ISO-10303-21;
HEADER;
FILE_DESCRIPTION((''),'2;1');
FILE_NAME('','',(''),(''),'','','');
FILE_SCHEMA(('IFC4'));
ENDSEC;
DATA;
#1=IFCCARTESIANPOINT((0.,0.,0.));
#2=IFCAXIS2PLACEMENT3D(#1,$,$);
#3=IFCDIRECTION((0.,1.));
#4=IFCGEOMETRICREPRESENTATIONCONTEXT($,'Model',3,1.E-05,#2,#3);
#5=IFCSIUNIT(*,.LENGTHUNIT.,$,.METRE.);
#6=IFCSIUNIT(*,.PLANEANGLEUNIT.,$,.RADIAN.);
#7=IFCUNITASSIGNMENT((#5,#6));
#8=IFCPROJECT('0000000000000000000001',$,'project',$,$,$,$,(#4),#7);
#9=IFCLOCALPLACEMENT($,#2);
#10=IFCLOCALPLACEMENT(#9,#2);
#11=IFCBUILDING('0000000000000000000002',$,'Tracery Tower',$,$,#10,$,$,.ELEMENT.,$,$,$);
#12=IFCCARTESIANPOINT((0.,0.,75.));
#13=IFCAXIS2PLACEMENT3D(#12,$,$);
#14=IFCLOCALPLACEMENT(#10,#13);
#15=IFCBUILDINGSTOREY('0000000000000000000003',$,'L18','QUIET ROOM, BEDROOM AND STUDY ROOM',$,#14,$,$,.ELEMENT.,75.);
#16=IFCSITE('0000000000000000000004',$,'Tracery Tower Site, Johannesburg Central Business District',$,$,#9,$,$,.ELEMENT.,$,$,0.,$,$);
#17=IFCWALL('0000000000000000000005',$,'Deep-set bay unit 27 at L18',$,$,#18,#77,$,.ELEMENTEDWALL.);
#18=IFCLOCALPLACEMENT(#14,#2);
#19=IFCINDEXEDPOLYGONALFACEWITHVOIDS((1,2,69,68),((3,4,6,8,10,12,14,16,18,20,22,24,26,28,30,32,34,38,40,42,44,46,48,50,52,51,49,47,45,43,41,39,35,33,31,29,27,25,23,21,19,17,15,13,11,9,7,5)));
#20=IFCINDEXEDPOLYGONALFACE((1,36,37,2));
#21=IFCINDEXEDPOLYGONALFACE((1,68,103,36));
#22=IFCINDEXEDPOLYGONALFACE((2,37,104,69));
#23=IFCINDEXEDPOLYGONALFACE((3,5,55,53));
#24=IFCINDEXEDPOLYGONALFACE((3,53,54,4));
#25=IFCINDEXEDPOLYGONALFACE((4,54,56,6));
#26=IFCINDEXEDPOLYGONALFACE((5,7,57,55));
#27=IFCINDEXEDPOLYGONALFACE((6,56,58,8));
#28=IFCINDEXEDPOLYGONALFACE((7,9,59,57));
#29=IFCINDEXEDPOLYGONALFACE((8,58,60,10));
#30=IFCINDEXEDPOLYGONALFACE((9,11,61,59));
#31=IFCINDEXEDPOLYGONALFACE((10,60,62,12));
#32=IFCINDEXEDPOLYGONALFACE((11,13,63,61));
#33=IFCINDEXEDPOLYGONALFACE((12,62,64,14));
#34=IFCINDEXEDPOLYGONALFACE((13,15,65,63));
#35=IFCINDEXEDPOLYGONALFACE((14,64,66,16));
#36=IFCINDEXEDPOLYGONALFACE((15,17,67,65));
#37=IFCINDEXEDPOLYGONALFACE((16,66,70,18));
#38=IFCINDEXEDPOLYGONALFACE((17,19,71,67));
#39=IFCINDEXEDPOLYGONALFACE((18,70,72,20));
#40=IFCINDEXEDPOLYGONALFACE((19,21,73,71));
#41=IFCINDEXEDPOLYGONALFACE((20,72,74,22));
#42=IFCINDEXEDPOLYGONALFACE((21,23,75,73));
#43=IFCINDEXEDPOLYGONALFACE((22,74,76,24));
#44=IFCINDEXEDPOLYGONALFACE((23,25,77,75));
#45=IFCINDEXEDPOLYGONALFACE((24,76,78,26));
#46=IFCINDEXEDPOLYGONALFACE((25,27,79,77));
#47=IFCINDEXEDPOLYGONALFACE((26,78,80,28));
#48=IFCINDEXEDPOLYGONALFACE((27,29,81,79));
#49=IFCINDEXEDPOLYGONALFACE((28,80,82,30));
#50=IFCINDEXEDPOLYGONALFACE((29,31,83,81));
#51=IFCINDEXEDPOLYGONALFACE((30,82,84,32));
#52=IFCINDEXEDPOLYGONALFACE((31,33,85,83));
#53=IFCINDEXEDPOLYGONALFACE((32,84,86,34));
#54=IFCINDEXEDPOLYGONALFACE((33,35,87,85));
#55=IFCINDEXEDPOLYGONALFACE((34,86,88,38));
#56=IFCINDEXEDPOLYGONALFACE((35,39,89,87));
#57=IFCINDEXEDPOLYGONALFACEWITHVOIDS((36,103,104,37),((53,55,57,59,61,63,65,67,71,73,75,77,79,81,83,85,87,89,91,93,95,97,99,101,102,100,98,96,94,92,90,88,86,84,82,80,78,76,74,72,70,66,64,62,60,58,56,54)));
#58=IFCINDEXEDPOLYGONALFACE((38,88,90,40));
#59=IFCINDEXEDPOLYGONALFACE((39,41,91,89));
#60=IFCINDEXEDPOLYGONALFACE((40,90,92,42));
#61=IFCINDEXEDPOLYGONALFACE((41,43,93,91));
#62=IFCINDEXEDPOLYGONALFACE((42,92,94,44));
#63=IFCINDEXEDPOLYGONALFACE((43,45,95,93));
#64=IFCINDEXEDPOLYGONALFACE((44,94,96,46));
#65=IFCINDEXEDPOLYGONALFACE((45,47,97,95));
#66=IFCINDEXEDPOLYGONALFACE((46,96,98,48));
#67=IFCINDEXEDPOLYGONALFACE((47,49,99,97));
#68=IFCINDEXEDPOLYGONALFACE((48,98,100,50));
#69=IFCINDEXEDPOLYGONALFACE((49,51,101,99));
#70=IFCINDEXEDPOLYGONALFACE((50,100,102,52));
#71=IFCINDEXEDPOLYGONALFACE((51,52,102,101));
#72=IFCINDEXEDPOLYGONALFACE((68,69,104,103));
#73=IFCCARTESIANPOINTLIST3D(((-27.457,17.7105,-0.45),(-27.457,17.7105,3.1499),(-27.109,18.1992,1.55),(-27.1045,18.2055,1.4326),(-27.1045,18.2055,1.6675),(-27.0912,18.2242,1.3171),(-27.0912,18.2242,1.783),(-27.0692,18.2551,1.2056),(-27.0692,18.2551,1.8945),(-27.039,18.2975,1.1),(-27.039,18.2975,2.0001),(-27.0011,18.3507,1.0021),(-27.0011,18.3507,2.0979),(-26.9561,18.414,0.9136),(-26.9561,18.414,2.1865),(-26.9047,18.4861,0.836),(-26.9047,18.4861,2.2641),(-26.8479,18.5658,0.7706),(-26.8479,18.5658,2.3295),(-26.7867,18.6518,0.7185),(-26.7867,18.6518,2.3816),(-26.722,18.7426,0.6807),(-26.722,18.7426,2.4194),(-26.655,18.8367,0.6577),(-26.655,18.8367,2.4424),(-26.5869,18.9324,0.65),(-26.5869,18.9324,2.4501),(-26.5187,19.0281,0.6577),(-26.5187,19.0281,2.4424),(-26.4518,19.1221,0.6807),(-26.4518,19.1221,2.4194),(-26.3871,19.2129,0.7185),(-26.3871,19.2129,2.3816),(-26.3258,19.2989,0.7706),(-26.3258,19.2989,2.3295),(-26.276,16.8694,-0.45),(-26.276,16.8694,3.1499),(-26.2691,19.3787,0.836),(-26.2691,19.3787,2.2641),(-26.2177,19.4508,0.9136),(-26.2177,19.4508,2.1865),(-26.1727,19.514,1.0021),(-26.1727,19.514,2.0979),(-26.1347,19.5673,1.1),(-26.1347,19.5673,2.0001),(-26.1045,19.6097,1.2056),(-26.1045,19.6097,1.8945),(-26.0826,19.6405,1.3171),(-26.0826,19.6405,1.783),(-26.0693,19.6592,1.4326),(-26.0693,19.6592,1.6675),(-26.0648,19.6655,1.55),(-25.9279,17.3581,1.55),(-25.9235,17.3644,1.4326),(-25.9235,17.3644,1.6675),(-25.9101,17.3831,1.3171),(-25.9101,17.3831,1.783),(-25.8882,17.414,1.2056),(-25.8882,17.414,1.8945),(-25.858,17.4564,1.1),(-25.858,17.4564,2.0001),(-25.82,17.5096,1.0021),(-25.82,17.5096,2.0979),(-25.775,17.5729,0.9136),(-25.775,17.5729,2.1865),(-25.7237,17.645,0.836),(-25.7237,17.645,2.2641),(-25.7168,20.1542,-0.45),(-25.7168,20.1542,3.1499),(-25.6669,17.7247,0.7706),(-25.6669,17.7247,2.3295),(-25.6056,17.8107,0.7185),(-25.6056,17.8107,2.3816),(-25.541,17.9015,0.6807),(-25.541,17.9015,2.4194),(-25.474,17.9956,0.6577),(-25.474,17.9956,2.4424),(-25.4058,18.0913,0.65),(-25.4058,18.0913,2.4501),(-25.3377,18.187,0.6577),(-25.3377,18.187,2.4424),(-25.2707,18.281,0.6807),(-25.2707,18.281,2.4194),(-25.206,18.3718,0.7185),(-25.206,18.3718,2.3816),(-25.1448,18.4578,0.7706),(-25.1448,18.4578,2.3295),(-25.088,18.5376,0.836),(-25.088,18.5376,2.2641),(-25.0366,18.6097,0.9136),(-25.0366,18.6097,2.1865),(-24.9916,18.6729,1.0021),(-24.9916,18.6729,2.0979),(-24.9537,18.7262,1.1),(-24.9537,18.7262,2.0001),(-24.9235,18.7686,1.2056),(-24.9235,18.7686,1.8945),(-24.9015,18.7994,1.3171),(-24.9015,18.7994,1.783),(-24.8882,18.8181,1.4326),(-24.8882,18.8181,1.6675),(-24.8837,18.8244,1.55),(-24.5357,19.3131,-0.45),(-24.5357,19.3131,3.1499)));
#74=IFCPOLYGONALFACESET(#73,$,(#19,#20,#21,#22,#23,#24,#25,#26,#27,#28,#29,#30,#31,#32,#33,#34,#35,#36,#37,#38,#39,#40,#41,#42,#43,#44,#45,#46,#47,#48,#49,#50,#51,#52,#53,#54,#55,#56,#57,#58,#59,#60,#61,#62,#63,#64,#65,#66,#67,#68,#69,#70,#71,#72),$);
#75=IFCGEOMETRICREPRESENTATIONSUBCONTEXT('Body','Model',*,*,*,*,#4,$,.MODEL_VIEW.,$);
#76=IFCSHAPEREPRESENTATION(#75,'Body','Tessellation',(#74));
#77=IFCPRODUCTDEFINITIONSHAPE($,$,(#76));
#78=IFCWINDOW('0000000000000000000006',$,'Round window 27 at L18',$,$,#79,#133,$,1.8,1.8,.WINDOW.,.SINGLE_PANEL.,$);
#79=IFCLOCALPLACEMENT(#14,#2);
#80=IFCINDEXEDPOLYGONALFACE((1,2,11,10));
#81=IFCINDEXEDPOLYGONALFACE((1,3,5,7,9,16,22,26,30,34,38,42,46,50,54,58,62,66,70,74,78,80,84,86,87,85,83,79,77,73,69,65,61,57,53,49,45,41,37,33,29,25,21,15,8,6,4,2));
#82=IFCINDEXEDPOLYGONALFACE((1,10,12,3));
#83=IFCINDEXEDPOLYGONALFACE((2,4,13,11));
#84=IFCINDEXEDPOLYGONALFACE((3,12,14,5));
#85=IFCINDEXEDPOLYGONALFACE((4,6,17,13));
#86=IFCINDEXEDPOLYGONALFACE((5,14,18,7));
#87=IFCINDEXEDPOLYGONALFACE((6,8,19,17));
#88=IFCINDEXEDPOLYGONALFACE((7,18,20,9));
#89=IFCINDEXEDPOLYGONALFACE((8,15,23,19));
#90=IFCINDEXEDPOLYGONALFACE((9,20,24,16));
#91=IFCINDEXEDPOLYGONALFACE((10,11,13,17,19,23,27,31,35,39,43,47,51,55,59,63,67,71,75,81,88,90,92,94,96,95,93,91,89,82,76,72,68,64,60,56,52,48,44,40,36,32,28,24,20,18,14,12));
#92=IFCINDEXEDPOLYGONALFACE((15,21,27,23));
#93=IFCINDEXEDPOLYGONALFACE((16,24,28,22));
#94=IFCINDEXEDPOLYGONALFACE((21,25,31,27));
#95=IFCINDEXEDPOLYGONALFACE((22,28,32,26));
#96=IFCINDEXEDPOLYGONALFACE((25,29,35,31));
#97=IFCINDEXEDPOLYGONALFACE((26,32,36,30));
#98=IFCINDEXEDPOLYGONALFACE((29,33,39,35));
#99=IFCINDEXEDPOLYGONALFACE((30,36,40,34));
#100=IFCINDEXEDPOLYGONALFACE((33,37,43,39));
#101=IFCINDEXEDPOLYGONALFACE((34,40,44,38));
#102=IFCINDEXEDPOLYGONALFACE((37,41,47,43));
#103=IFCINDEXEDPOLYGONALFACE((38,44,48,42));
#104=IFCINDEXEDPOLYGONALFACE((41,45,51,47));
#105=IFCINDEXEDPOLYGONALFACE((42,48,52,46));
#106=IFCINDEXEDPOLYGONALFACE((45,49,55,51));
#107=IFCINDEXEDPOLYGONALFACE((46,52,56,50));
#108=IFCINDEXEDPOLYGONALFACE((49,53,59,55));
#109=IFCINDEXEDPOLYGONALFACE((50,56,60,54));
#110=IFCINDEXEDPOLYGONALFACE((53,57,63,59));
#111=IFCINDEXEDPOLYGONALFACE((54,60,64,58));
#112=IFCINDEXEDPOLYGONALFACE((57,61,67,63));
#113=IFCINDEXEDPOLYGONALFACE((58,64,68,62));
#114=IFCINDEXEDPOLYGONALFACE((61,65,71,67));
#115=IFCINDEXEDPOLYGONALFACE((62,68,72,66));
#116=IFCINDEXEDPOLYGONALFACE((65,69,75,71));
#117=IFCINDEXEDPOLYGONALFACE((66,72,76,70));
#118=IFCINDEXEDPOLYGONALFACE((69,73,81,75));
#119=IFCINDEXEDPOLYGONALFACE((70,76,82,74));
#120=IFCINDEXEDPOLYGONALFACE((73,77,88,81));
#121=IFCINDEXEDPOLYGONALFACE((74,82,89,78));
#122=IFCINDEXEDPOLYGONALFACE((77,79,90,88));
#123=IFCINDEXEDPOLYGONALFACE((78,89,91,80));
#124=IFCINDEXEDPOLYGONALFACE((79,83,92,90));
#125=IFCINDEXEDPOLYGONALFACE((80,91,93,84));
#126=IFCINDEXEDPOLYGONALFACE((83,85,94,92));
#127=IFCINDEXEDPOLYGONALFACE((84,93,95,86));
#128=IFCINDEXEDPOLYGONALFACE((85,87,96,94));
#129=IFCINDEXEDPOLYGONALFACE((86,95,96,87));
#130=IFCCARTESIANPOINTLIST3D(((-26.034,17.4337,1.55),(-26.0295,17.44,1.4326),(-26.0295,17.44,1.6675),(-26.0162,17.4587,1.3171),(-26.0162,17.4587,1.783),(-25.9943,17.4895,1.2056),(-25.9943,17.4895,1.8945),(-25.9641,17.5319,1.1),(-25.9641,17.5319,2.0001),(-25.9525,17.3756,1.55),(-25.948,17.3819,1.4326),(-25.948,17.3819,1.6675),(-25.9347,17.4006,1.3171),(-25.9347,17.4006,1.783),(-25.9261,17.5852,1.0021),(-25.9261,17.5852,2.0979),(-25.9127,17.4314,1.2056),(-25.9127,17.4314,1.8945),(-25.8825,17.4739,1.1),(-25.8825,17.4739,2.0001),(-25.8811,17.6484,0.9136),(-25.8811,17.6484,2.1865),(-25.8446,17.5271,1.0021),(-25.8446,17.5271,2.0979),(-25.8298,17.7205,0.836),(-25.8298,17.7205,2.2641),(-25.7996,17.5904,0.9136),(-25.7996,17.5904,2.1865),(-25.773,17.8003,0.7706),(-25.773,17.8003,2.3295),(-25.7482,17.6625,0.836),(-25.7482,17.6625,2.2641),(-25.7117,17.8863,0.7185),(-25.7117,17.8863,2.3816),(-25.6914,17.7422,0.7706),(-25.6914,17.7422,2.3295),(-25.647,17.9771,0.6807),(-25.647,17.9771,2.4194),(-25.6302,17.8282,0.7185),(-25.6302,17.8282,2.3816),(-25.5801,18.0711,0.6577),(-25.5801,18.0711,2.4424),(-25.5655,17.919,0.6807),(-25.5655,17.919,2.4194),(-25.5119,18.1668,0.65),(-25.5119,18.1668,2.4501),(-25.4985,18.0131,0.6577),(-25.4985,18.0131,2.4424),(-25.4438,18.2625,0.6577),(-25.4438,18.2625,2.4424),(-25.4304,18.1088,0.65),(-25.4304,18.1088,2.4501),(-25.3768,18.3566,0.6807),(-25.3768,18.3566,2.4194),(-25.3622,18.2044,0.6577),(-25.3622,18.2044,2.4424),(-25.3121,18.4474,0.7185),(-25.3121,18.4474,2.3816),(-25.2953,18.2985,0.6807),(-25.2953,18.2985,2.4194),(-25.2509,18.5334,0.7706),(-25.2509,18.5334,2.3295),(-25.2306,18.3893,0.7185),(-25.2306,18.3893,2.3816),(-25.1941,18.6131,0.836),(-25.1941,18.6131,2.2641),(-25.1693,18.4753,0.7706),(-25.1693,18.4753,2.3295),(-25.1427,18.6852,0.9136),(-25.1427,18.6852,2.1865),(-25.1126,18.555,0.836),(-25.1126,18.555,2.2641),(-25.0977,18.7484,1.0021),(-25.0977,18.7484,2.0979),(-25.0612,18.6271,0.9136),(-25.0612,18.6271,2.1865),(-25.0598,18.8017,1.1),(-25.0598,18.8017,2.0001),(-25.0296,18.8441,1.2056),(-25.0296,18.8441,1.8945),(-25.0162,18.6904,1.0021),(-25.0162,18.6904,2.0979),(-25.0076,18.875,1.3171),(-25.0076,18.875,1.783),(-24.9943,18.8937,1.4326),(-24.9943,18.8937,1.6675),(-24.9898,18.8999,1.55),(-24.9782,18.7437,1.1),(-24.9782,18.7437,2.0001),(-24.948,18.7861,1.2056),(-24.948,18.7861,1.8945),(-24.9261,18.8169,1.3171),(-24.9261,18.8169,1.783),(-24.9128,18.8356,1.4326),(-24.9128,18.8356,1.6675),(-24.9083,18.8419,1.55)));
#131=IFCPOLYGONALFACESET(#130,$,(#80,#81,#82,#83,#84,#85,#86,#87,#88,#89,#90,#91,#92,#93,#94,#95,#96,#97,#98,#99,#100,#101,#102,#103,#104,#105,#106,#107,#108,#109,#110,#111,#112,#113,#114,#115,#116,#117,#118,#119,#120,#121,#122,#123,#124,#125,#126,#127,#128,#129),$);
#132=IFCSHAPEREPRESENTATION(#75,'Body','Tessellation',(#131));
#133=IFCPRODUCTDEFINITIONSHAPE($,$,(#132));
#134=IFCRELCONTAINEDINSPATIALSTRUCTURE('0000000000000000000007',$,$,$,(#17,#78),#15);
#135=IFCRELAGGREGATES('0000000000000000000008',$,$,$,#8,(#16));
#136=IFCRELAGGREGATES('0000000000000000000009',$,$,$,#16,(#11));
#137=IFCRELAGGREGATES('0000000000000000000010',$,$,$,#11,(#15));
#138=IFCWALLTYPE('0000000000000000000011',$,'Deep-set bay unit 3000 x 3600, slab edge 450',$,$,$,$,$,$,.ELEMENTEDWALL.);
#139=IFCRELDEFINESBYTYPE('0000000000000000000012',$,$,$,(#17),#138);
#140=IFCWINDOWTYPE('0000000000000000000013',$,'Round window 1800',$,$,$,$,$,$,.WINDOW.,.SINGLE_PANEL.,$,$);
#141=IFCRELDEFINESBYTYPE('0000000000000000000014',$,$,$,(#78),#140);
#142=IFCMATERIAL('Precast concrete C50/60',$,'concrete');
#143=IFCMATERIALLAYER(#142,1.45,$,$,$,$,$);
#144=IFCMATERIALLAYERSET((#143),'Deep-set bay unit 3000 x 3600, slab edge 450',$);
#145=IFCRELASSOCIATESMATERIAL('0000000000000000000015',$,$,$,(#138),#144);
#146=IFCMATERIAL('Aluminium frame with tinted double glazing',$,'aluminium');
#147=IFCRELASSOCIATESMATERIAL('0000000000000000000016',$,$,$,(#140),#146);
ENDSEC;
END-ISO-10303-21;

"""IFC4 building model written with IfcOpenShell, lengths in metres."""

from ifc_helpers import new_model, si_unit, direction, frame, frame_2d, origin, origin_2d, place, context, subcontext, project, spatial, rectangle, circle, extrude, material, layer, layer_set, type_object, element, fill, save


model = new_model("IFC4")

# Units and contexts
model_context = context("Model", 3, precision=1e-05, world=origin(), true_north=direction((0.0, 1.0)))
body_context = subcontext(model_context, "Body", "Model", "MODEL_VIEW")
ifc_project = project(units=[si_unit("LENGTHUNIT", "METRE"), si_unit("PLANEANGLEUNIT", "RADIAN")], contexts=[model_context])

# Site, building, storey
site_placement = place(None, origin())
site = spatial("IfcSite", under=ifc_project, at=site_placement, Name="Tracery Tower Site, Johannesburg Central Business District", CompositionType="ELEMENT", RefElevation=0.0)
building_placement = place(site_placement, origin())
building = spatial("IfcBuilding", under=site, at=building_placement, Name="Tracery Tower", CompositionType="ELEMENT")
storey_placement = place(building_placement, frame((0.0, 0.0, 75.0)))
storey = spatial("IfcBuildingStorey", under=building, at=storey_placement, Name="L18", Description="QUIET ROOM, BEDROOM AND STUDY ROOM", CompositionType="ELEMENT", Elevation=75.0)

# Wall, opening, window
ifc_material_1 = material(Name="Precast concrete C50/60", Category="concrete")
ifc_layer_1 = layer(ifc_material_1, 1.45)
ifc_layer_set_1 = layer_set([ifc_layer_1], Name="Deep-set bay unit 3000 x 3600, slab edge 450")
wall_type_1 = type_object("IfcWallType", Name="Deep-set bay unit 3000 x 3600, slab edge 450", PredefinedType="ELEMENTEDWALL", material=ifc_layer_set_1)
ifc_material_2 = material(Name="Aluminium frame with tinted double glazing", Category="aluminium")
window_type = type_object("IfcWindowType", Name="Round window 1800", PartitioningType="SINGLE_PANEL", PredefinedType="WINDOW", material=ifc_material_2)
wall_1_placement = place(storey_placement, frame((-25.1262, 19.7336, -0.45), z_axis=(0.0, 0.0, 1.0), x_axis=(-0.580091, -0.814552, 0.0)))
wall_1 = element("IfcWall", 1, at=wall_1_placement, inside=storey, type_object=wall_type_1, Name="Deep-set bay unit 27 at L18", PredefinedType="ELEMENTEDWALL", context=body_context, shape_type="SweptSolid", body=[
    extrude(rectangle(XDim=3.0, YDim=1.45, at=frame_2d((1.5, 0.0))), origin(), (0.0, 0.0, 1.0), 3.5999),
])
opening_1_placement = place(wall_1_placement, frame((1.5, 0.0, 2.0)))
opening_1 = element("IfcOpeningElement", 2, at=opening_1_placement, cuts=wall_1, PredefinedType="OPENING", context=body_context, shape_type="SweptSolid", body=[
    extrude(circle(Radius=0.9, at=origin_2d()), frame((0.0, 0.7349, 0.0), z_axis=(0.0, -1.0, 0.0), x_axis=(1.0, 0.0, 0.0)), (0.0, 0.0, 1.0), 1.47),
])
window_1_placement = place(opening_1_placement, origin())
window_1 = element("IfcWindow", 3, at=window_1_placement, inside=storey, type_object=window_type, Name="Round window 27 at L18", OverallHeight=1.8, OverallWidth=1.8, PartitioningType="SINGLE_PANEL", PredefinedType="WINDOW", context=body_context, shape_type="SweptSolid", body=[
    extrude(circle(Radius=0.9, at=origin_2d()), frame((0.0, 0.6948, 0.0), z_axis=(0.0, -1.0, 0.0), x_axis=(1.0, 0.0, 0.0)), (0.0, 0.0, 1.0), 0.1001),
])
fill(opening_1, window_1)

save(model, "model.ifc")
